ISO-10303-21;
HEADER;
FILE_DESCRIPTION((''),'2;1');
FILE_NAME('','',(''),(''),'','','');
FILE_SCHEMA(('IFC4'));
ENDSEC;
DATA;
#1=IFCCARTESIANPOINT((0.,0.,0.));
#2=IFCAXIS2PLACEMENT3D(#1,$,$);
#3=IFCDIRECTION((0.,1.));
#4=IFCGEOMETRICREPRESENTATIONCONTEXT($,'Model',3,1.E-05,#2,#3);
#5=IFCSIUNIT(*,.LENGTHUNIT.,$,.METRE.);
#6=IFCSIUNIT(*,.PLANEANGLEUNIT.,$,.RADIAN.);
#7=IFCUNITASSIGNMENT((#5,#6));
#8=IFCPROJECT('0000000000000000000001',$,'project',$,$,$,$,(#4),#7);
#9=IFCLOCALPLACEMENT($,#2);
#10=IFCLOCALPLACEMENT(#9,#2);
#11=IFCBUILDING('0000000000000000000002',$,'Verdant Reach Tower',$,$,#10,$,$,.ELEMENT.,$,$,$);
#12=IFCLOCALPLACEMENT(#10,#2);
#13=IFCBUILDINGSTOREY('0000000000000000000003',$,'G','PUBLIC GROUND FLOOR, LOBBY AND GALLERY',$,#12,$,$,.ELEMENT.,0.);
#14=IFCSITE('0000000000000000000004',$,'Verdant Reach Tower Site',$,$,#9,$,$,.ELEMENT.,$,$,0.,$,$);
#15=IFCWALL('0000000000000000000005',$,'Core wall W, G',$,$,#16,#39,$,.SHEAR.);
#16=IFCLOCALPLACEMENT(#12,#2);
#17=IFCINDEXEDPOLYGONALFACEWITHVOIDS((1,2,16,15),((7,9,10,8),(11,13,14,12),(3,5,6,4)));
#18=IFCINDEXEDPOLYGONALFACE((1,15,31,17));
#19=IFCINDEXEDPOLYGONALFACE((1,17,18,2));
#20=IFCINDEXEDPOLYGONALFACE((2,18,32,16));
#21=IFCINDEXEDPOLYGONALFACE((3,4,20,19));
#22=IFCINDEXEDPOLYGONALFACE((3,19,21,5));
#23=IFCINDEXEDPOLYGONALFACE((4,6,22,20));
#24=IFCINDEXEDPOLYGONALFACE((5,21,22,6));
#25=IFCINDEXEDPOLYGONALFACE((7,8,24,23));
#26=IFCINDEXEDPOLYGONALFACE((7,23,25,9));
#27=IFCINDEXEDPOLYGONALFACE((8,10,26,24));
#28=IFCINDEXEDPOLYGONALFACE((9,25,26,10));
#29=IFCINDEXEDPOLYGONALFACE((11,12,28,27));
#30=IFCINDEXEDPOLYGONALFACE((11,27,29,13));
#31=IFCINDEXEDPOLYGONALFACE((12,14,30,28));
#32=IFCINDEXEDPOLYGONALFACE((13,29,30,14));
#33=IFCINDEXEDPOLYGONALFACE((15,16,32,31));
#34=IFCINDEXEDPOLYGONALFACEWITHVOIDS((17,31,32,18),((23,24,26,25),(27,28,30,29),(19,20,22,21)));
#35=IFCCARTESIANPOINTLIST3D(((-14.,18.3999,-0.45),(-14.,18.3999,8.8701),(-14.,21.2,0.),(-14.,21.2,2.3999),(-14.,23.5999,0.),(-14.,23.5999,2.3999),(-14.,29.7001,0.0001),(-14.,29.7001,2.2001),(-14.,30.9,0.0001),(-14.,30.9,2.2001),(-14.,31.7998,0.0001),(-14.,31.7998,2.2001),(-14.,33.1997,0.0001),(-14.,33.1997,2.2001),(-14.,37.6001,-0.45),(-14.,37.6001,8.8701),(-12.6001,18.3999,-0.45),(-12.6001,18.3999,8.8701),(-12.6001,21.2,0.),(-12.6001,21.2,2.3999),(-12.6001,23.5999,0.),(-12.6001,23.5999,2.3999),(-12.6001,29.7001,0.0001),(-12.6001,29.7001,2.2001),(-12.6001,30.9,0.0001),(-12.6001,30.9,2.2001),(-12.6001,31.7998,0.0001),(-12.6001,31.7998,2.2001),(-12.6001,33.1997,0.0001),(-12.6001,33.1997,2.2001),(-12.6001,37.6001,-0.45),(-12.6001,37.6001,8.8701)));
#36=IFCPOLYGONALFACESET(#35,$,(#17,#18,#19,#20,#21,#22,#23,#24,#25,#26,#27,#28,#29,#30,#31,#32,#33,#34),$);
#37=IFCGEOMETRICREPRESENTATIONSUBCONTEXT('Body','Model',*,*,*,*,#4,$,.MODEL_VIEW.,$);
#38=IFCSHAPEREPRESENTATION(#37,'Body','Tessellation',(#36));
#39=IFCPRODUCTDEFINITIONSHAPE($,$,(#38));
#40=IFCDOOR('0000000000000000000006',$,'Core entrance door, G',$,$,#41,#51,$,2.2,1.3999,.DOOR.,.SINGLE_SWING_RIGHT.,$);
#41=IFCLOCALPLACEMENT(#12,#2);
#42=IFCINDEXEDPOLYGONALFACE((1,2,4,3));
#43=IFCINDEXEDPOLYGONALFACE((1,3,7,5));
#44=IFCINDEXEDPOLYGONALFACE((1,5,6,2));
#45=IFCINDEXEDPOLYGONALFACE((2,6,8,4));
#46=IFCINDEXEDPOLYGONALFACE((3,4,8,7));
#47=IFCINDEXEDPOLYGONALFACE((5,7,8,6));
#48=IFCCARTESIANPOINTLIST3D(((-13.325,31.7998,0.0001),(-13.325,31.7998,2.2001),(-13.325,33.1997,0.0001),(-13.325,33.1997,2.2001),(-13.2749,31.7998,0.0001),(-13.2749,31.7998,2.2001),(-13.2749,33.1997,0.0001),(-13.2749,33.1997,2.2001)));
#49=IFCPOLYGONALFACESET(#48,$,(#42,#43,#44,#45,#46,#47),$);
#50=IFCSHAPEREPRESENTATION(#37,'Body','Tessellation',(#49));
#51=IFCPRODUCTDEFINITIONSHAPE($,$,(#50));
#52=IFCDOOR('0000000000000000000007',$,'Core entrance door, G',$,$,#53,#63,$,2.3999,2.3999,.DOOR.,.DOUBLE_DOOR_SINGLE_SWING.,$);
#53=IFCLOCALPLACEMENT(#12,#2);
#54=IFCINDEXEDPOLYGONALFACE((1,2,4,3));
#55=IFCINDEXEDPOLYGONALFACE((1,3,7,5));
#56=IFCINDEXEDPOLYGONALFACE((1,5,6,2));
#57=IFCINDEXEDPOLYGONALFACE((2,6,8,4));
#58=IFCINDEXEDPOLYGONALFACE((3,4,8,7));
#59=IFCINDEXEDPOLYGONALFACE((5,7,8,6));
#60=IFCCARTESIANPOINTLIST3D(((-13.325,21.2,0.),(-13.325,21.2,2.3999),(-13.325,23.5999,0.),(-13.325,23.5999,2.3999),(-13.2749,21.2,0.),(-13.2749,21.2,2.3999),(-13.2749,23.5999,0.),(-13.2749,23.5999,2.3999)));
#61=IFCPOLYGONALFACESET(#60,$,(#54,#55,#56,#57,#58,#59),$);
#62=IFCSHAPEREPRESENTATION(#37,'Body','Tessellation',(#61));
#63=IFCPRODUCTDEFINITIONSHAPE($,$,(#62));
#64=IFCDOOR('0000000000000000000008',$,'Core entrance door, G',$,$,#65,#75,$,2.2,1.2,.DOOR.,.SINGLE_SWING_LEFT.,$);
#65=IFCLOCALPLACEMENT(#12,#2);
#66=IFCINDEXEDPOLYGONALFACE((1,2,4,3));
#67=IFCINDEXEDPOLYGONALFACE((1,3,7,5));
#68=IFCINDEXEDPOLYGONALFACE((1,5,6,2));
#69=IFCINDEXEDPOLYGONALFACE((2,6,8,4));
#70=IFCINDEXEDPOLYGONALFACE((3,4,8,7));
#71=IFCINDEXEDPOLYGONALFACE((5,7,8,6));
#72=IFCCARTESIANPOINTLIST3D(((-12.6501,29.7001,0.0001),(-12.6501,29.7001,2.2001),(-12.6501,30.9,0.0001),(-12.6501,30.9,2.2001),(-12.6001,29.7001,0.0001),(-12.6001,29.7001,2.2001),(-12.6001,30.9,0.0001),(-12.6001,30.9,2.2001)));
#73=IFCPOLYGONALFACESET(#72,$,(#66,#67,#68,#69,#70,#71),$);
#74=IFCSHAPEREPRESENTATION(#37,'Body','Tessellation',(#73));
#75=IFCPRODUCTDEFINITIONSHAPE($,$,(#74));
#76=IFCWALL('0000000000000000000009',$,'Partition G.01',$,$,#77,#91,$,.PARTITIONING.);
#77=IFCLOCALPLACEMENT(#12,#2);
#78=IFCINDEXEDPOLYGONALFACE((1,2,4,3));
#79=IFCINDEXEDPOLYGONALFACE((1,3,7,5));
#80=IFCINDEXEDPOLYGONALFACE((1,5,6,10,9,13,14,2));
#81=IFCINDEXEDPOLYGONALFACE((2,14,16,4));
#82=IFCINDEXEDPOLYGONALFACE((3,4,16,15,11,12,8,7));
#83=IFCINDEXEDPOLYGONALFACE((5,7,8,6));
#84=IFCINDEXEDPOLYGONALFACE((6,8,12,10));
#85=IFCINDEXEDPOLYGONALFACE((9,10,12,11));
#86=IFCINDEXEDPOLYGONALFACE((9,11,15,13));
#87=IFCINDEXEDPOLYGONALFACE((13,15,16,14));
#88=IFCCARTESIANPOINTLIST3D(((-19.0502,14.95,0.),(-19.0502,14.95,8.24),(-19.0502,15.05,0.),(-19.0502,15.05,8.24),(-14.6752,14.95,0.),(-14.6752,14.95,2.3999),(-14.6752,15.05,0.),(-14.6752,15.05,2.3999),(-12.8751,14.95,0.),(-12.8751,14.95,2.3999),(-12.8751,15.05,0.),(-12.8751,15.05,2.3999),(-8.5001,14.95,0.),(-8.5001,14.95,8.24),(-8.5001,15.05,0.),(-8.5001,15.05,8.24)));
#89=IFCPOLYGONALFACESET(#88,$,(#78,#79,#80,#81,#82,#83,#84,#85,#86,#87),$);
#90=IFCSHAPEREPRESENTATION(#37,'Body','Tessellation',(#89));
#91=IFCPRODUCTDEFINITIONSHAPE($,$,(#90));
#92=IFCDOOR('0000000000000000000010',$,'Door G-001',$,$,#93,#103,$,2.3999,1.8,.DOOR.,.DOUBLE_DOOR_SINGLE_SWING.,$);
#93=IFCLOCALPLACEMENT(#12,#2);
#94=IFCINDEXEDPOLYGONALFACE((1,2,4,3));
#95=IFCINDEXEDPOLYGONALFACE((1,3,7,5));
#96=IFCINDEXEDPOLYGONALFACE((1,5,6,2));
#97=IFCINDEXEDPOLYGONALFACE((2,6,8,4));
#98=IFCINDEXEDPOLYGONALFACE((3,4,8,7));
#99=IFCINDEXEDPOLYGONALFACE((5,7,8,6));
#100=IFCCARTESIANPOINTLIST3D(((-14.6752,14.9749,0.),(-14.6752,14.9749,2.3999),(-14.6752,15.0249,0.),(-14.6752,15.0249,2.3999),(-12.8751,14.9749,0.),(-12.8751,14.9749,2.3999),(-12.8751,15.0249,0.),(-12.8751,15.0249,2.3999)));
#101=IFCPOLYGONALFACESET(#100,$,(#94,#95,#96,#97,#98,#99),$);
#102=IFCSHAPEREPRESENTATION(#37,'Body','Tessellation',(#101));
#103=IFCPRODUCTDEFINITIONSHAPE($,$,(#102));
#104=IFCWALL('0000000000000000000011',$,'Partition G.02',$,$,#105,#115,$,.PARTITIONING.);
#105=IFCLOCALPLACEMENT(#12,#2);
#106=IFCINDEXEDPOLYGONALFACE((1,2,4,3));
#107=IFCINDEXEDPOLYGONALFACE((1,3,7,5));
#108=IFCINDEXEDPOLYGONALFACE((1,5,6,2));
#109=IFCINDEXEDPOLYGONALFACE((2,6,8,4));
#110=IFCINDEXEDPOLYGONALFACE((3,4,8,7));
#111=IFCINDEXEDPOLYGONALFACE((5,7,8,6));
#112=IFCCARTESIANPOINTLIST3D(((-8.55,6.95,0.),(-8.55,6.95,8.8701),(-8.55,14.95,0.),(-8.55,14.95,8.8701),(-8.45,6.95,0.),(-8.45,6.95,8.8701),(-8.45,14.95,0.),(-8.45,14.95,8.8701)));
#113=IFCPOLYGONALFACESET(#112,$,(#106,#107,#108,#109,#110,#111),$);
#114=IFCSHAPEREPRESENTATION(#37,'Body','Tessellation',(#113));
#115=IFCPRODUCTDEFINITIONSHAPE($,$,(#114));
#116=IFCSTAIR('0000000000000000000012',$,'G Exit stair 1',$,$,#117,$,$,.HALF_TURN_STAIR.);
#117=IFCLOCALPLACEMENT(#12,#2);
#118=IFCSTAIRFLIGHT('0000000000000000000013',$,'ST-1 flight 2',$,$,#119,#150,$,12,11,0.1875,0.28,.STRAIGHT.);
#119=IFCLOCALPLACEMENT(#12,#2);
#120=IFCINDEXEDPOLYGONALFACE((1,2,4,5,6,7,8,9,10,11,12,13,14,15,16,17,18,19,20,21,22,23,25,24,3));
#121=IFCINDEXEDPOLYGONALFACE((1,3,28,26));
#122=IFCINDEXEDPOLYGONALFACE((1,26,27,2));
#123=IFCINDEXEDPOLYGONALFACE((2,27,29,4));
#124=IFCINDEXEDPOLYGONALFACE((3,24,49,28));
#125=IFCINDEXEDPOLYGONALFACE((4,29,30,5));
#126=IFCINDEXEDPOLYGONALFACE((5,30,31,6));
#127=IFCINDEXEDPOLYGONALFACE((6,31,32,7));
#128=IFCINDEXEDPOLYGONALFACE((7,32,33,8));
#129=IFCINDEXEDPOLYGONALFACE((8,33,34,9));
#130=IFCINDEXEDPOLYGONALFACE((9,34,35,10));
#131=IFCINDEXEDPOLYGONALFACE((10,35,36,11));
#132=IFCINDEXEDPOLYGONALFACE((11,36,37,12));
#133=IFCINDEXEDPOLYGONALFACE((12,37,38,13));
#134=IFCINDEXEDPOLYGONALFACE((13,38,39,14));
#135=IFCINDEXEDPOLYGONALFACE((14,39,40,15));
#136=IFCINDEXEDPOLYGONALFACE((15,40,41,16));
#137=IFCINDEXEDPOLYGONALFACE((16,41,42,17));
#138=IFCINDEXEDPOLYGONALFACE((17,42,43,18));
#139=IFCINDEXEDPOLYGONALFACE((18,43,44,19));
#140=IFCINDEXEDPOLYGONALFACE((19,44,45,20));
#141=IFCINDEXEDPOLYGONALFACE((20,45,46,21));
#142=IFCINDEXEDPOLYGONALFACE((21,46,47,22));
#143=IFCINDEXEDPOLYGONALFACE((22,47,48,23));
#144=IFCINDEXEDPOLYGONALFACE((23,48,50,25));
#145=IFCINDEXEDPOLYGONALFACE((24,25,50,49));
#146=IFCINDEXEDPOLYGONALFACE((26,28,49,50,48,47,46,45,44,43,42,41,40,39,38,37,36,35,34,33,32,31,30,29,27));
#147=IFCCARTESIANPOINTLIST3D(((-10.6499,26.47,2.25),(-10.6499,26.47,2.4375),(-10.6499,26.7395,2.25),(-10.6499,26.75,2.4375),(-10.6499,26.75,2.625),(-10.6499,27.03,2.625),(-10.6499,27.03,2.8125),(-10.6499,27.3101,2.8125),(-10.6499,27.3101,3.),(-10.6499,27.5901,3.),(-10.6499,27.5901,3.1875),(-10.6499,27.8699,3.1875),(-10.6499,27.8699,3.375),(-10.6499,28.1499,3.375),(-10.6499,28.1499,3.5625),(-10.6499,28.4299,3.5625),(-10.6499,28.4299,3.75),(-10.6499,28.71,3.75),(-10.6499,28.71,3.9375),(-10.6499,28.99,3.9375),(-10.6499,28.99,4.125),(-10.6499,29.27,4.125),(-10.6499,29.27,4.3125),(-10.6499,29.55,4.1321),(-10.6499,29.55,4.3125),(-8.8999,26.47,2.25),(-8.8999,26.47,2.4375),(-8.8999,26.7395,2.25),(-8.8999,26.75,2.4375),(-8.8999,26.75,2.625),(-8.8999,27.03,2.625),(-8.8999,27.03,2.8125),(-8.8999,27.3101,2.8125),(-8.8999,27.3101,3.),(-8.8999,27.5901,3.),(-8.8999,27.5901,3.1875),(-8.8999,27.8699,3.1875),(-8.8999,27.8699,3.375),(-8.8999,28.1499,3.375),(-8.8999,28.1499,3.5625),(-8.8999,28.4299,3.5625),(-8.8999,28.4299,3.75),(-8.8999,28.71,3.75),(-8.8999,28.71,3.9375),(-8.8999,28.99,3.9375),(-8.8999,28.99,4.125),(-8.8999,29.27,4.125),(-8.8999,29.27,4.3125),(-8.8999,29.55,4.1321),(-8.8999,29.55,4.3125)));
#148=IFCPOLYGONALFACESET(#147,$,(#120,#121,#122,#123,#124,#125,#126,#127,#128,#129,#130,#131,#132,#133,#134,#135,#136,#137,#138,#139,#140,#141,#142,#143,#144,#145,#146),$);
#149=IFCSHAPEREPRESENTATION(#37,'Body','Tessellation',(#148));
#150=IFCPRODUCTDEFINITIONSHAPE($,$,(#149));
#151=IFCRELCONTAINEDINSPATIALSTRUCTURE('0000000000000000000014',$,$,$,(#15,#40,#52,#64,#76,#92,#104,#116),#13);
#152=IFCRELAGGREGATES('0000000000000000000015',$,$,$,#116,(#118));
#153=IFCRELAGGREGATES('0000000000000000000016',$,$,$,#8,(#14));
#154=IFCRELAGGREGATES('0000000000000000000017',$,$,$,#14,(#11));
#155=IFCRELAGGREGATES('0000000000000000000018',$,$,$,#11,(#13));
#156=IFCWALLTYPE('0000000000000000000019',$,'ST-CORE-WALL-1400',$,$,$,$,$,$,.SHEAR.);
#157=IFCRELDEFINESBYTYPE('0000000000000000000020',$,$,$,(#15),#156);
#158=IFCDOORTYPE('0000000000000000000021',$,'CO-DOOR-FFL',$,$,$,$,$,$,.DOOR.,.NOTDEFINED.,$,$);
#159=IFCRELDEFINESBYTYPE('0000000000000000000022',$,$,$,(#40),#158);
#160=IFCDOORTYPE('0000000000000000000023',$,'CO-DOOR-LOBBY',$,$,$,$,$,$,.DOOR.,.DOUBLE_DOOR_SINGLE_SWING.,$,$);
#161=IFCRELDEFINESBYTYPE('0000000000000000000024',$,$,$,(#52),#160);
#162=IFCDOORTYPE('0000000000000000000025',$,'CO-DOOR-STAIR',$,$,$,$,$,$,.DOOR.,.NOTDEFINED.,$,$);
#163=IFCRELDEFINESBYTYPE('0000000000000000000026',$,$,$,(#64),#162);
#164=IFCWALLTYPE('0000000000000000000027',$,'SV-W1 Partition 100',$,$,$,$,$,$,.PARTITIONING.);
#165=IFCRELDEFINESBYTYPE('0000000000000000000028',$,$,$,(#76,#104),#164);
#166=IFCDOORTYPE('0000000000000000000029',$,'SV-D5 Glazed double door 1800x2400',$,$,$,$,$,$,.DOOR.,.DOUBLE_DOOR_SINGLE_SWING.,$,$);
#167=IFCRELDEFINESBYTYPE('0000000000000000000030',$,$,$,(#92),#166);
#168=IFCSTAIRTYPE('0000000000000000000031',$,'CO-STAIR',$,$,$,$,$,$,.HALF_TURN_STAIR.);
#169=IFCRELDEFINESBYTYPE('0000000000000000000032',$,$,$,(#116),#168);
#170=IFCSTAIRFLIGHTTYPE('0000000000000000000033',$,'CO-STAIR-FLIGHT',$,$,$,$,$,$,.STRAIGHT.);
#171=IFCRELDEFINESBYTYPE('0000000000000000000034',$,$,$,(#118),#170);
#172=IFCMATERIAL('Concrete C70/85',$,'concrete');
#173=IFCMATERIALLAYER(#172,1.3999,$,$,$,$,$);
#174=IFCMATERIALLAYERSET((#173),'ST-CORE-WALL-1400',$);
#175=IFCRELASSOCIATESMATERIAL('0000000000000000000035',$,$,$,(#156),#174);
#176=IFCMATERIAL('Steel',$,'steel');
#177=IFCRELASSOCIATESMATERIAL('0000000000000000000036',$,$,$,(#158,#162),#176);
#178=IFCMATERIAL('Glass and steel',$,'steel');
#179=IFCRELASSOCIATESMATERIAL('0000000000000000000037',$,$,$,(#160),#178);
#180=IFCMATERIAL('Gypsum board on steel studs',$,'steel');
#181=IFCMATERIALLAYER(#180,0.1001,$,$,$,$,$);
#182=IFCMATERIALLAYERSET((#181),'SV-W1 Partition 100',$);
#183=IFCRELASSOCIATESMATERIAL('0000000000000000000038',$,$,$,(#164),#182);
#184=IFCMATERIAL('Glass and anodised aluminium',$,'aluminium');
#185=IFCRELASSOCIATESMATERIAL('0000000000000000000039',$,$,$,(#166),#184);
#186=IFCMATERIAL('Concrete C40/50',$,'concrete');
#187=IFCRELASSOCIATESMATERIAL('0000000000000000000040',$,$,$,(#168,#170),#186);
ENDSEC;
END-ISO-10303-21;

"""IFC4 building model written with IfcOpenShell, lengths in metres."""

from ifc_helpers import new_model, si_unit, direction, frame, frame_2d, origin, place, context, subcontext, project, spatial, polyline, rectangle, outline, extrude, material, layer, layer_set, type_object, element, fill, aggregate, save


model = new_model("IFC4")

# Units and contexts
model_context = context("Model", 3, precision=1e-05, world=origin(), true_north=direction((0.0, 1.0)))
body_context = subcontext(model_context, "Body", "Model", "MODEL_VIEW")
ifc_project = project(units=[si_unit("LENGTHUNIT", "METRE"), si_unit("PLANEANGLEUNIT", "RADIAN")], contexts=[model_context])

# Site, building, storey
site_placement = place(None, origin())
site = spatial("IfcSite", under=ifc_project, at=site_placement, Name="Verdant Reach Tower Site", CompositionType="ELEMENT", RefElevation=0.0)
building_placement = place(site_placement, origin())
building = spatial("IfcBuilding", under=site, at=building_placement, Name="Verdant Reach Tower", CompositionType="ELEMENT")
storey_placement = place(building_placement, origin())
storey = spatial("IfcBuildingStorey", under=building, at=storey_placement, Name="G", Description="PUBLIC GROUND FLOOR, LOBBY AND GALLERY", CompositionType="ELEMENT", Elevation=0.0)

# Shared definitions
ifc_material_1 = material(Name="Gypsum board on steel studs", Category="steel")
ifc_material_2 = material(Name="Concrete C40/50", Category="concrete")

# Shared definitions
ifc_material_3 = material(Name="Concrete C70/85", Category="concrete")
ifc_layer_1 = layer(ifc_material_3, 1.3999)
ifc_layer_set_1 = layer_set([ifc_layer_1], Name="ST-CORE-WALL-1400")
wall_type_1 = type_object("IfcWallType", Name="ST-CORE-WALL-1400", PredefinedType="SHEAR", material=ifc_layer_set_1)

# Wall, openings, doors
wall_1_placement = place(storey_placement, frame((-13.3, 18.3999, -0.45), z_axis=(0.0, 0.0, 1.0), x_axis=(0.0, 1.0, 0.0)))
wall_1 = element("IfcWall", 1, at=wall_1_placement, inside=storey, type_object=wall_type_1, Name="Core wall W, G", PredefinedType="SHEAR", context=body_context, shape_type="SweptSolid", body=[
    extrude(rectangle(XDim=19.2002, YDim=1.3999, at=frame_2d((9.6001, 0.0))), origin(), (0.0, 0.0, 1.0), 9.3201),
])
opening_1_placement = place(wall_1_placement, frame((2.8, 0.0, 0.45)))
opening_1 = element("IfcOpeningElement", 2, at=opening_1_placement, cuts=wall_1, PredefinedType="OPENING", context=body_context, shape_type="SweptSolid", body=[
    extrude(rectangle(XDim=2.3999, YDim=2.3999, at=frame_2d((1.2, 1.2))), frame((0.0, 0.71, 0.0), z_axis=(0.0, -1.0, 0.0), x_axis=(1.0, 0.0, 0.0)), (0.0, 0.0, 1.0), 1.4199),
])
opening_2_placement = place(wall_1_placement, frame((13.3999, 0.0, 0.45)))
opening_2 = element("IfcOpeningElement", 3, at=opening_2_placement, cuts=wall_1, PredefinedType="OPENING", context=body_context, shape_type="SweptSolid", body=[
    extrude(rectangle(XDim=1.3999, YDim=2.2, at=frame_2d((0.7, 1.1001))), frame((0.0, 0.71, 0.0), z_axis=(0.0, -1.0, 0.0), x_axis=(1.0, 0.0, 0.0)), (0.0, 0.0, 1.0), 1.4199),
])
opening_3_placement = place(wall_1_placement, frame((11.3, 0.0, 0.45)))
opening_3 = element("IfcOpeningElement", 4, at=opening_3_placement, cuts=wall_1, PredefinedType="OPENING", context=body_context, shape_type="SweptSolid", body=[
    extrude(rectangle(XDim=1.2, YDim=2.2, at=frame_2d((0.6001, 1.1001))), frame((0.0, 0.71, 0.0), z_axis=(0.0, -1.0, 0.0), x_axis=(1.0, 0.0, 0.0)), (0.0, 0.0, 1.0), 1.4199),
])
ifc_material_4 = material(Name="Steel", Category="steel")
door_type_1 = type_object("IfcDoorType", Name="CO-DOOR-FFL", OperationType="NOTDEFINED", PredefinedType="DOOR", material=ifc_material_4)
door_1_placement = place(opening_2_placement, origin())
door_1 = element("IfcDoor", 5, at=door_1_placement, inside=storey, type_object=door_type_1, Name="Core entrance door, G", OperationType="SINGLE_SWING_RIGHT", OverallHeight=2.2, OverallWidth=1.3999, PredefinedType="DOOR", context=body_context, shape_type="SweptSolid", body=[
    extrude(rectangle(XDim=1.3999, YDim=2.2, at=frame_2d((0.7, 1.1001))), frame((0.0, 0.0249, 0.0), z_axis=(0.0, -1.0, 0.0), x_axis=(1.0, 0.0, 0.0)), (0.0, 0.0, 1.0), 0.05),
])
fill(opening_2, door_1)
ifc_material_5 = material(Name="Glass and steel", Category="steel")
door_type_2 = type_object("IfcDoorType", Name="CO-DOOR-LOBBY", OperationType="DOUBLE_DOOR_SINGLE_SWING", PredefinedType="DOOR", material=ifc_material_5)
door_2_placement = place(opening_1_placement, origin())
door_2 = element("IfcDoor", 6, at=door_2_placement, inside=storey, type_object=door_type_2, Name="Core entrance door, G", OperationType="DOUBLE_DOOR_SINGLE_SWING", OverallHeight=2.3999, OverallWidth=2.3999, PredefinedType="DOOR", context=body_context, shape_type="SweptSolid", body=[
    extrude(rectangle(XDim=2.3999, YDim=2.3999, at=frame_2d((1.2, 1.2))), frame((0.0, 0.0249, 0.0), z_axis=(0.0, -1.0, 0.0), x_axis=(1.0, 0.0, 0.0)), (0.0, 0.0, 1.0), 0.05),
])
fill(opening_1, door_2)
door_type_3 = type_object("IfcDoorType", Name="CO-DOOR-STAIR", OperationType="NOTDEFINED", PredefinedType="DOOR", material=ifc_material_4)
door_3_placement = place(opening_3_placement, origin())
door_3 = element("IfcDoor", 7, at=door_3_placement, inside=storey, type_object=door_type_3, Name="Core entrance door, G", OperationType="SINGLE_SWING_LEFT", OverallHeight=2.2, OverallWidth=1.2, PredefinedType="DOOR", context=body_context, shape_type="SweptSolid", body=[
    extrude(rectangle(XDim=1.2, YDim=2.2, at=frame_2d((0.6001, 1.1001))), frame((0.0, -0.6499, 0.0), z_axis=(0.0, -1.0, 0.0), x_axis=(1.0, 0.0, 0.0)), (0.0, 0.0, 1.0), 0.05),
])
fill(opening_3, door_3)

# Wall, opening, door
ifc_layer_2 = layer(ifc_material_1, 0.1001)
ifc_layer_set_2 = layer_set([ifc_layer_2], Name="SV-W1 Partition 100")
wall_type_2 = type_object("IfcWallType", Name="SV-W1 Partition 100", PredefinedType="PARTITIONING", material=ifc_layer_set_2)
wall_2_placement = place(storey_placement, frame((-19.05, 15.0, 0.0), z_axis=(0.0, 0.0, 1.0), x_axis=(1.0, 0.0, 0.0)))
wall_2 = element("IfcWall", 8, at=wall_2_placement, inside=storey, type_object=wall_type_2, Name="Partition G.01", PredefinedType="PARTITIONING", context=body_context, shape_type="SweptSolid", body=[
    extrude(rectangle(XDim=10.55, YDim=0.1001, at=frame_2d((5.2749, 0.0))), origin(), (0.0, 0.0, 1.0), 8.24),
])
opening_4_placement = place(wall_2_placement, frame((4.375, 0.0, 0.0)))
opening_4 = element("IfcOpeningElement", 9, at=opening_4_placement, cuts=wall_2, PredefinedType="OPENING", context=body_context, shape_type="SweptSolid", body=[
    extrude(rectangle(XDim=1.8, YDim=2.3999, at=frame_2d((0.8999, 1.2))), frame((0.0, 0.0601, 0.0), z_axis=(0.0, -1.0, 0.0), x_axis=(1.0, 0.0, 0.0)), (0.0, 0.0, 1.0), 0.1201),
])
ifc_material_6 = material(Name="Glass and anodised aluminium", Category="aluminium")
door_type_4 = type_object("IfcDoorType", Name="SV-D5 Glazed double door 1800x2400", OperationType="DOUBLE_DOOR_SINGLE_SWING", PredefinedType="DOOR", material=ifc_material_6)
door_4_placement = place(opening_4_placement, origin())
door_4 = element("IfcDoor", 10, at=door_4_placement, inside=storey, type_object=door_type_4, Name="Door G-001", OperationType="DOUBLE_DOOR_SINGLE_SWING", OverallHeight=2.3999, OverallWidth=1.8, PredefinedType="DOOR", context=body_context, shape_type="SweptSolid", body=[
    extrude(rectangle(XDim=1.8, YDim=2.3999, at=frame_2d((0.8999, 1.2))), frame((0.0, 0.0249, 0.0), z_axis=(0.0, -1.0, 0.0), x_axis=(1.0, 0.0, 0.0)), (0.0, 0.0, 1.0), 0.05),
])
fill(opening_4, door_4)

# Wall
wall_3_placement = place(storey_placement, frame((-8.5, 14.95, 0.0), z_axis=(0.0, 0.0, 1.0), x_axis=(0.0, -1.0, 0.0)))
element("IfcWall", 11, at=wall_3_placement, inside=storey, type_object=wall_type_2, Name="Partition G.02", PredefinedType="PARTITIONING", context=body_context, shape_type="SweptSolid", body=[
    extrude(rectangle(XDim=8.0, YDim=0.1001, at=frame_2d((4.0, 0.0))), origin(), (0.0, 0.0, 1.0), 8.8701),
])

# Stair, stair flight
stair_type = type_object("IfcStairType", Name="CO-STAIR", PredefinedType="HALF_TURN_STAIR", material=ifc_material_2)
stair_placement = place(storey_placement, origin())
stair = element("IfcStair", 12, at=stair_placement, inside=storey, type_object=stair_type, Name="G Exit stair 1", PredefinedType="HALF_TURN_STAIR")
stair_flight_type = type_object("IfcStairFlightType", Name="CO-STAIR-FLIGHT", PredefinedType="STRAIGHT", material=ifc_material_2)
stair_flight_placement = place(storey_placement, frame((-9.7749, 26.47, 2.25), z_axis=(0.0, 0.0, 1.0), x_axis=(0.0, 1.0, 0.0)))
stair_flight = element("IfcStairFlight", 13, at=stair_flight_placement, type_object=stair_flight_type, Name="ST-1 flight 2", NumberOfRisers=12, NumberOfTreads=11, PredefinedType="STRAIGHT", RiserHeight=0.1875, TreadLength=0.28, context=body_context, shape_type="SweptSolid", body=[
    extrude(outline(polyline([(0.0, 0.0), (0.0, 0.1875), (0.28, 0.1875), (0.28, 0.375), (0.5601, 0.375), (0.5601, 0.5625), (0.8401, 0.5625), (0.8401, 0.75), (1.1201, 0.75), (1.1201, 0.9375), (1.3999, 0.9375), (1.3999, 1.125), (1.6799, 1.125), (1.6799, 1.3125), (1.96, 1.3125), (1.96, 1.5), (2.24, 1.5), (2.24, 1.6875), (2.52, 1.6875), (2.52, 1.875), (2.8, 1.875), (2.8, 2.0625), (3.0801, 2.0625), (3.0801, 2.25), (3.0801, 1.8821), (0.2695, 0.0), (0.0, 0.0)])), frame((0.0, 0.875, 0.0), z_axis=(0.0, -1.0, 0.0), x_axis=(1.0, 0.0, 0.0)), (0.0, 0.0, 1.0), 1.75),
])
aggregate(stair, [stair_flight])

save(model, "model.ifc")
